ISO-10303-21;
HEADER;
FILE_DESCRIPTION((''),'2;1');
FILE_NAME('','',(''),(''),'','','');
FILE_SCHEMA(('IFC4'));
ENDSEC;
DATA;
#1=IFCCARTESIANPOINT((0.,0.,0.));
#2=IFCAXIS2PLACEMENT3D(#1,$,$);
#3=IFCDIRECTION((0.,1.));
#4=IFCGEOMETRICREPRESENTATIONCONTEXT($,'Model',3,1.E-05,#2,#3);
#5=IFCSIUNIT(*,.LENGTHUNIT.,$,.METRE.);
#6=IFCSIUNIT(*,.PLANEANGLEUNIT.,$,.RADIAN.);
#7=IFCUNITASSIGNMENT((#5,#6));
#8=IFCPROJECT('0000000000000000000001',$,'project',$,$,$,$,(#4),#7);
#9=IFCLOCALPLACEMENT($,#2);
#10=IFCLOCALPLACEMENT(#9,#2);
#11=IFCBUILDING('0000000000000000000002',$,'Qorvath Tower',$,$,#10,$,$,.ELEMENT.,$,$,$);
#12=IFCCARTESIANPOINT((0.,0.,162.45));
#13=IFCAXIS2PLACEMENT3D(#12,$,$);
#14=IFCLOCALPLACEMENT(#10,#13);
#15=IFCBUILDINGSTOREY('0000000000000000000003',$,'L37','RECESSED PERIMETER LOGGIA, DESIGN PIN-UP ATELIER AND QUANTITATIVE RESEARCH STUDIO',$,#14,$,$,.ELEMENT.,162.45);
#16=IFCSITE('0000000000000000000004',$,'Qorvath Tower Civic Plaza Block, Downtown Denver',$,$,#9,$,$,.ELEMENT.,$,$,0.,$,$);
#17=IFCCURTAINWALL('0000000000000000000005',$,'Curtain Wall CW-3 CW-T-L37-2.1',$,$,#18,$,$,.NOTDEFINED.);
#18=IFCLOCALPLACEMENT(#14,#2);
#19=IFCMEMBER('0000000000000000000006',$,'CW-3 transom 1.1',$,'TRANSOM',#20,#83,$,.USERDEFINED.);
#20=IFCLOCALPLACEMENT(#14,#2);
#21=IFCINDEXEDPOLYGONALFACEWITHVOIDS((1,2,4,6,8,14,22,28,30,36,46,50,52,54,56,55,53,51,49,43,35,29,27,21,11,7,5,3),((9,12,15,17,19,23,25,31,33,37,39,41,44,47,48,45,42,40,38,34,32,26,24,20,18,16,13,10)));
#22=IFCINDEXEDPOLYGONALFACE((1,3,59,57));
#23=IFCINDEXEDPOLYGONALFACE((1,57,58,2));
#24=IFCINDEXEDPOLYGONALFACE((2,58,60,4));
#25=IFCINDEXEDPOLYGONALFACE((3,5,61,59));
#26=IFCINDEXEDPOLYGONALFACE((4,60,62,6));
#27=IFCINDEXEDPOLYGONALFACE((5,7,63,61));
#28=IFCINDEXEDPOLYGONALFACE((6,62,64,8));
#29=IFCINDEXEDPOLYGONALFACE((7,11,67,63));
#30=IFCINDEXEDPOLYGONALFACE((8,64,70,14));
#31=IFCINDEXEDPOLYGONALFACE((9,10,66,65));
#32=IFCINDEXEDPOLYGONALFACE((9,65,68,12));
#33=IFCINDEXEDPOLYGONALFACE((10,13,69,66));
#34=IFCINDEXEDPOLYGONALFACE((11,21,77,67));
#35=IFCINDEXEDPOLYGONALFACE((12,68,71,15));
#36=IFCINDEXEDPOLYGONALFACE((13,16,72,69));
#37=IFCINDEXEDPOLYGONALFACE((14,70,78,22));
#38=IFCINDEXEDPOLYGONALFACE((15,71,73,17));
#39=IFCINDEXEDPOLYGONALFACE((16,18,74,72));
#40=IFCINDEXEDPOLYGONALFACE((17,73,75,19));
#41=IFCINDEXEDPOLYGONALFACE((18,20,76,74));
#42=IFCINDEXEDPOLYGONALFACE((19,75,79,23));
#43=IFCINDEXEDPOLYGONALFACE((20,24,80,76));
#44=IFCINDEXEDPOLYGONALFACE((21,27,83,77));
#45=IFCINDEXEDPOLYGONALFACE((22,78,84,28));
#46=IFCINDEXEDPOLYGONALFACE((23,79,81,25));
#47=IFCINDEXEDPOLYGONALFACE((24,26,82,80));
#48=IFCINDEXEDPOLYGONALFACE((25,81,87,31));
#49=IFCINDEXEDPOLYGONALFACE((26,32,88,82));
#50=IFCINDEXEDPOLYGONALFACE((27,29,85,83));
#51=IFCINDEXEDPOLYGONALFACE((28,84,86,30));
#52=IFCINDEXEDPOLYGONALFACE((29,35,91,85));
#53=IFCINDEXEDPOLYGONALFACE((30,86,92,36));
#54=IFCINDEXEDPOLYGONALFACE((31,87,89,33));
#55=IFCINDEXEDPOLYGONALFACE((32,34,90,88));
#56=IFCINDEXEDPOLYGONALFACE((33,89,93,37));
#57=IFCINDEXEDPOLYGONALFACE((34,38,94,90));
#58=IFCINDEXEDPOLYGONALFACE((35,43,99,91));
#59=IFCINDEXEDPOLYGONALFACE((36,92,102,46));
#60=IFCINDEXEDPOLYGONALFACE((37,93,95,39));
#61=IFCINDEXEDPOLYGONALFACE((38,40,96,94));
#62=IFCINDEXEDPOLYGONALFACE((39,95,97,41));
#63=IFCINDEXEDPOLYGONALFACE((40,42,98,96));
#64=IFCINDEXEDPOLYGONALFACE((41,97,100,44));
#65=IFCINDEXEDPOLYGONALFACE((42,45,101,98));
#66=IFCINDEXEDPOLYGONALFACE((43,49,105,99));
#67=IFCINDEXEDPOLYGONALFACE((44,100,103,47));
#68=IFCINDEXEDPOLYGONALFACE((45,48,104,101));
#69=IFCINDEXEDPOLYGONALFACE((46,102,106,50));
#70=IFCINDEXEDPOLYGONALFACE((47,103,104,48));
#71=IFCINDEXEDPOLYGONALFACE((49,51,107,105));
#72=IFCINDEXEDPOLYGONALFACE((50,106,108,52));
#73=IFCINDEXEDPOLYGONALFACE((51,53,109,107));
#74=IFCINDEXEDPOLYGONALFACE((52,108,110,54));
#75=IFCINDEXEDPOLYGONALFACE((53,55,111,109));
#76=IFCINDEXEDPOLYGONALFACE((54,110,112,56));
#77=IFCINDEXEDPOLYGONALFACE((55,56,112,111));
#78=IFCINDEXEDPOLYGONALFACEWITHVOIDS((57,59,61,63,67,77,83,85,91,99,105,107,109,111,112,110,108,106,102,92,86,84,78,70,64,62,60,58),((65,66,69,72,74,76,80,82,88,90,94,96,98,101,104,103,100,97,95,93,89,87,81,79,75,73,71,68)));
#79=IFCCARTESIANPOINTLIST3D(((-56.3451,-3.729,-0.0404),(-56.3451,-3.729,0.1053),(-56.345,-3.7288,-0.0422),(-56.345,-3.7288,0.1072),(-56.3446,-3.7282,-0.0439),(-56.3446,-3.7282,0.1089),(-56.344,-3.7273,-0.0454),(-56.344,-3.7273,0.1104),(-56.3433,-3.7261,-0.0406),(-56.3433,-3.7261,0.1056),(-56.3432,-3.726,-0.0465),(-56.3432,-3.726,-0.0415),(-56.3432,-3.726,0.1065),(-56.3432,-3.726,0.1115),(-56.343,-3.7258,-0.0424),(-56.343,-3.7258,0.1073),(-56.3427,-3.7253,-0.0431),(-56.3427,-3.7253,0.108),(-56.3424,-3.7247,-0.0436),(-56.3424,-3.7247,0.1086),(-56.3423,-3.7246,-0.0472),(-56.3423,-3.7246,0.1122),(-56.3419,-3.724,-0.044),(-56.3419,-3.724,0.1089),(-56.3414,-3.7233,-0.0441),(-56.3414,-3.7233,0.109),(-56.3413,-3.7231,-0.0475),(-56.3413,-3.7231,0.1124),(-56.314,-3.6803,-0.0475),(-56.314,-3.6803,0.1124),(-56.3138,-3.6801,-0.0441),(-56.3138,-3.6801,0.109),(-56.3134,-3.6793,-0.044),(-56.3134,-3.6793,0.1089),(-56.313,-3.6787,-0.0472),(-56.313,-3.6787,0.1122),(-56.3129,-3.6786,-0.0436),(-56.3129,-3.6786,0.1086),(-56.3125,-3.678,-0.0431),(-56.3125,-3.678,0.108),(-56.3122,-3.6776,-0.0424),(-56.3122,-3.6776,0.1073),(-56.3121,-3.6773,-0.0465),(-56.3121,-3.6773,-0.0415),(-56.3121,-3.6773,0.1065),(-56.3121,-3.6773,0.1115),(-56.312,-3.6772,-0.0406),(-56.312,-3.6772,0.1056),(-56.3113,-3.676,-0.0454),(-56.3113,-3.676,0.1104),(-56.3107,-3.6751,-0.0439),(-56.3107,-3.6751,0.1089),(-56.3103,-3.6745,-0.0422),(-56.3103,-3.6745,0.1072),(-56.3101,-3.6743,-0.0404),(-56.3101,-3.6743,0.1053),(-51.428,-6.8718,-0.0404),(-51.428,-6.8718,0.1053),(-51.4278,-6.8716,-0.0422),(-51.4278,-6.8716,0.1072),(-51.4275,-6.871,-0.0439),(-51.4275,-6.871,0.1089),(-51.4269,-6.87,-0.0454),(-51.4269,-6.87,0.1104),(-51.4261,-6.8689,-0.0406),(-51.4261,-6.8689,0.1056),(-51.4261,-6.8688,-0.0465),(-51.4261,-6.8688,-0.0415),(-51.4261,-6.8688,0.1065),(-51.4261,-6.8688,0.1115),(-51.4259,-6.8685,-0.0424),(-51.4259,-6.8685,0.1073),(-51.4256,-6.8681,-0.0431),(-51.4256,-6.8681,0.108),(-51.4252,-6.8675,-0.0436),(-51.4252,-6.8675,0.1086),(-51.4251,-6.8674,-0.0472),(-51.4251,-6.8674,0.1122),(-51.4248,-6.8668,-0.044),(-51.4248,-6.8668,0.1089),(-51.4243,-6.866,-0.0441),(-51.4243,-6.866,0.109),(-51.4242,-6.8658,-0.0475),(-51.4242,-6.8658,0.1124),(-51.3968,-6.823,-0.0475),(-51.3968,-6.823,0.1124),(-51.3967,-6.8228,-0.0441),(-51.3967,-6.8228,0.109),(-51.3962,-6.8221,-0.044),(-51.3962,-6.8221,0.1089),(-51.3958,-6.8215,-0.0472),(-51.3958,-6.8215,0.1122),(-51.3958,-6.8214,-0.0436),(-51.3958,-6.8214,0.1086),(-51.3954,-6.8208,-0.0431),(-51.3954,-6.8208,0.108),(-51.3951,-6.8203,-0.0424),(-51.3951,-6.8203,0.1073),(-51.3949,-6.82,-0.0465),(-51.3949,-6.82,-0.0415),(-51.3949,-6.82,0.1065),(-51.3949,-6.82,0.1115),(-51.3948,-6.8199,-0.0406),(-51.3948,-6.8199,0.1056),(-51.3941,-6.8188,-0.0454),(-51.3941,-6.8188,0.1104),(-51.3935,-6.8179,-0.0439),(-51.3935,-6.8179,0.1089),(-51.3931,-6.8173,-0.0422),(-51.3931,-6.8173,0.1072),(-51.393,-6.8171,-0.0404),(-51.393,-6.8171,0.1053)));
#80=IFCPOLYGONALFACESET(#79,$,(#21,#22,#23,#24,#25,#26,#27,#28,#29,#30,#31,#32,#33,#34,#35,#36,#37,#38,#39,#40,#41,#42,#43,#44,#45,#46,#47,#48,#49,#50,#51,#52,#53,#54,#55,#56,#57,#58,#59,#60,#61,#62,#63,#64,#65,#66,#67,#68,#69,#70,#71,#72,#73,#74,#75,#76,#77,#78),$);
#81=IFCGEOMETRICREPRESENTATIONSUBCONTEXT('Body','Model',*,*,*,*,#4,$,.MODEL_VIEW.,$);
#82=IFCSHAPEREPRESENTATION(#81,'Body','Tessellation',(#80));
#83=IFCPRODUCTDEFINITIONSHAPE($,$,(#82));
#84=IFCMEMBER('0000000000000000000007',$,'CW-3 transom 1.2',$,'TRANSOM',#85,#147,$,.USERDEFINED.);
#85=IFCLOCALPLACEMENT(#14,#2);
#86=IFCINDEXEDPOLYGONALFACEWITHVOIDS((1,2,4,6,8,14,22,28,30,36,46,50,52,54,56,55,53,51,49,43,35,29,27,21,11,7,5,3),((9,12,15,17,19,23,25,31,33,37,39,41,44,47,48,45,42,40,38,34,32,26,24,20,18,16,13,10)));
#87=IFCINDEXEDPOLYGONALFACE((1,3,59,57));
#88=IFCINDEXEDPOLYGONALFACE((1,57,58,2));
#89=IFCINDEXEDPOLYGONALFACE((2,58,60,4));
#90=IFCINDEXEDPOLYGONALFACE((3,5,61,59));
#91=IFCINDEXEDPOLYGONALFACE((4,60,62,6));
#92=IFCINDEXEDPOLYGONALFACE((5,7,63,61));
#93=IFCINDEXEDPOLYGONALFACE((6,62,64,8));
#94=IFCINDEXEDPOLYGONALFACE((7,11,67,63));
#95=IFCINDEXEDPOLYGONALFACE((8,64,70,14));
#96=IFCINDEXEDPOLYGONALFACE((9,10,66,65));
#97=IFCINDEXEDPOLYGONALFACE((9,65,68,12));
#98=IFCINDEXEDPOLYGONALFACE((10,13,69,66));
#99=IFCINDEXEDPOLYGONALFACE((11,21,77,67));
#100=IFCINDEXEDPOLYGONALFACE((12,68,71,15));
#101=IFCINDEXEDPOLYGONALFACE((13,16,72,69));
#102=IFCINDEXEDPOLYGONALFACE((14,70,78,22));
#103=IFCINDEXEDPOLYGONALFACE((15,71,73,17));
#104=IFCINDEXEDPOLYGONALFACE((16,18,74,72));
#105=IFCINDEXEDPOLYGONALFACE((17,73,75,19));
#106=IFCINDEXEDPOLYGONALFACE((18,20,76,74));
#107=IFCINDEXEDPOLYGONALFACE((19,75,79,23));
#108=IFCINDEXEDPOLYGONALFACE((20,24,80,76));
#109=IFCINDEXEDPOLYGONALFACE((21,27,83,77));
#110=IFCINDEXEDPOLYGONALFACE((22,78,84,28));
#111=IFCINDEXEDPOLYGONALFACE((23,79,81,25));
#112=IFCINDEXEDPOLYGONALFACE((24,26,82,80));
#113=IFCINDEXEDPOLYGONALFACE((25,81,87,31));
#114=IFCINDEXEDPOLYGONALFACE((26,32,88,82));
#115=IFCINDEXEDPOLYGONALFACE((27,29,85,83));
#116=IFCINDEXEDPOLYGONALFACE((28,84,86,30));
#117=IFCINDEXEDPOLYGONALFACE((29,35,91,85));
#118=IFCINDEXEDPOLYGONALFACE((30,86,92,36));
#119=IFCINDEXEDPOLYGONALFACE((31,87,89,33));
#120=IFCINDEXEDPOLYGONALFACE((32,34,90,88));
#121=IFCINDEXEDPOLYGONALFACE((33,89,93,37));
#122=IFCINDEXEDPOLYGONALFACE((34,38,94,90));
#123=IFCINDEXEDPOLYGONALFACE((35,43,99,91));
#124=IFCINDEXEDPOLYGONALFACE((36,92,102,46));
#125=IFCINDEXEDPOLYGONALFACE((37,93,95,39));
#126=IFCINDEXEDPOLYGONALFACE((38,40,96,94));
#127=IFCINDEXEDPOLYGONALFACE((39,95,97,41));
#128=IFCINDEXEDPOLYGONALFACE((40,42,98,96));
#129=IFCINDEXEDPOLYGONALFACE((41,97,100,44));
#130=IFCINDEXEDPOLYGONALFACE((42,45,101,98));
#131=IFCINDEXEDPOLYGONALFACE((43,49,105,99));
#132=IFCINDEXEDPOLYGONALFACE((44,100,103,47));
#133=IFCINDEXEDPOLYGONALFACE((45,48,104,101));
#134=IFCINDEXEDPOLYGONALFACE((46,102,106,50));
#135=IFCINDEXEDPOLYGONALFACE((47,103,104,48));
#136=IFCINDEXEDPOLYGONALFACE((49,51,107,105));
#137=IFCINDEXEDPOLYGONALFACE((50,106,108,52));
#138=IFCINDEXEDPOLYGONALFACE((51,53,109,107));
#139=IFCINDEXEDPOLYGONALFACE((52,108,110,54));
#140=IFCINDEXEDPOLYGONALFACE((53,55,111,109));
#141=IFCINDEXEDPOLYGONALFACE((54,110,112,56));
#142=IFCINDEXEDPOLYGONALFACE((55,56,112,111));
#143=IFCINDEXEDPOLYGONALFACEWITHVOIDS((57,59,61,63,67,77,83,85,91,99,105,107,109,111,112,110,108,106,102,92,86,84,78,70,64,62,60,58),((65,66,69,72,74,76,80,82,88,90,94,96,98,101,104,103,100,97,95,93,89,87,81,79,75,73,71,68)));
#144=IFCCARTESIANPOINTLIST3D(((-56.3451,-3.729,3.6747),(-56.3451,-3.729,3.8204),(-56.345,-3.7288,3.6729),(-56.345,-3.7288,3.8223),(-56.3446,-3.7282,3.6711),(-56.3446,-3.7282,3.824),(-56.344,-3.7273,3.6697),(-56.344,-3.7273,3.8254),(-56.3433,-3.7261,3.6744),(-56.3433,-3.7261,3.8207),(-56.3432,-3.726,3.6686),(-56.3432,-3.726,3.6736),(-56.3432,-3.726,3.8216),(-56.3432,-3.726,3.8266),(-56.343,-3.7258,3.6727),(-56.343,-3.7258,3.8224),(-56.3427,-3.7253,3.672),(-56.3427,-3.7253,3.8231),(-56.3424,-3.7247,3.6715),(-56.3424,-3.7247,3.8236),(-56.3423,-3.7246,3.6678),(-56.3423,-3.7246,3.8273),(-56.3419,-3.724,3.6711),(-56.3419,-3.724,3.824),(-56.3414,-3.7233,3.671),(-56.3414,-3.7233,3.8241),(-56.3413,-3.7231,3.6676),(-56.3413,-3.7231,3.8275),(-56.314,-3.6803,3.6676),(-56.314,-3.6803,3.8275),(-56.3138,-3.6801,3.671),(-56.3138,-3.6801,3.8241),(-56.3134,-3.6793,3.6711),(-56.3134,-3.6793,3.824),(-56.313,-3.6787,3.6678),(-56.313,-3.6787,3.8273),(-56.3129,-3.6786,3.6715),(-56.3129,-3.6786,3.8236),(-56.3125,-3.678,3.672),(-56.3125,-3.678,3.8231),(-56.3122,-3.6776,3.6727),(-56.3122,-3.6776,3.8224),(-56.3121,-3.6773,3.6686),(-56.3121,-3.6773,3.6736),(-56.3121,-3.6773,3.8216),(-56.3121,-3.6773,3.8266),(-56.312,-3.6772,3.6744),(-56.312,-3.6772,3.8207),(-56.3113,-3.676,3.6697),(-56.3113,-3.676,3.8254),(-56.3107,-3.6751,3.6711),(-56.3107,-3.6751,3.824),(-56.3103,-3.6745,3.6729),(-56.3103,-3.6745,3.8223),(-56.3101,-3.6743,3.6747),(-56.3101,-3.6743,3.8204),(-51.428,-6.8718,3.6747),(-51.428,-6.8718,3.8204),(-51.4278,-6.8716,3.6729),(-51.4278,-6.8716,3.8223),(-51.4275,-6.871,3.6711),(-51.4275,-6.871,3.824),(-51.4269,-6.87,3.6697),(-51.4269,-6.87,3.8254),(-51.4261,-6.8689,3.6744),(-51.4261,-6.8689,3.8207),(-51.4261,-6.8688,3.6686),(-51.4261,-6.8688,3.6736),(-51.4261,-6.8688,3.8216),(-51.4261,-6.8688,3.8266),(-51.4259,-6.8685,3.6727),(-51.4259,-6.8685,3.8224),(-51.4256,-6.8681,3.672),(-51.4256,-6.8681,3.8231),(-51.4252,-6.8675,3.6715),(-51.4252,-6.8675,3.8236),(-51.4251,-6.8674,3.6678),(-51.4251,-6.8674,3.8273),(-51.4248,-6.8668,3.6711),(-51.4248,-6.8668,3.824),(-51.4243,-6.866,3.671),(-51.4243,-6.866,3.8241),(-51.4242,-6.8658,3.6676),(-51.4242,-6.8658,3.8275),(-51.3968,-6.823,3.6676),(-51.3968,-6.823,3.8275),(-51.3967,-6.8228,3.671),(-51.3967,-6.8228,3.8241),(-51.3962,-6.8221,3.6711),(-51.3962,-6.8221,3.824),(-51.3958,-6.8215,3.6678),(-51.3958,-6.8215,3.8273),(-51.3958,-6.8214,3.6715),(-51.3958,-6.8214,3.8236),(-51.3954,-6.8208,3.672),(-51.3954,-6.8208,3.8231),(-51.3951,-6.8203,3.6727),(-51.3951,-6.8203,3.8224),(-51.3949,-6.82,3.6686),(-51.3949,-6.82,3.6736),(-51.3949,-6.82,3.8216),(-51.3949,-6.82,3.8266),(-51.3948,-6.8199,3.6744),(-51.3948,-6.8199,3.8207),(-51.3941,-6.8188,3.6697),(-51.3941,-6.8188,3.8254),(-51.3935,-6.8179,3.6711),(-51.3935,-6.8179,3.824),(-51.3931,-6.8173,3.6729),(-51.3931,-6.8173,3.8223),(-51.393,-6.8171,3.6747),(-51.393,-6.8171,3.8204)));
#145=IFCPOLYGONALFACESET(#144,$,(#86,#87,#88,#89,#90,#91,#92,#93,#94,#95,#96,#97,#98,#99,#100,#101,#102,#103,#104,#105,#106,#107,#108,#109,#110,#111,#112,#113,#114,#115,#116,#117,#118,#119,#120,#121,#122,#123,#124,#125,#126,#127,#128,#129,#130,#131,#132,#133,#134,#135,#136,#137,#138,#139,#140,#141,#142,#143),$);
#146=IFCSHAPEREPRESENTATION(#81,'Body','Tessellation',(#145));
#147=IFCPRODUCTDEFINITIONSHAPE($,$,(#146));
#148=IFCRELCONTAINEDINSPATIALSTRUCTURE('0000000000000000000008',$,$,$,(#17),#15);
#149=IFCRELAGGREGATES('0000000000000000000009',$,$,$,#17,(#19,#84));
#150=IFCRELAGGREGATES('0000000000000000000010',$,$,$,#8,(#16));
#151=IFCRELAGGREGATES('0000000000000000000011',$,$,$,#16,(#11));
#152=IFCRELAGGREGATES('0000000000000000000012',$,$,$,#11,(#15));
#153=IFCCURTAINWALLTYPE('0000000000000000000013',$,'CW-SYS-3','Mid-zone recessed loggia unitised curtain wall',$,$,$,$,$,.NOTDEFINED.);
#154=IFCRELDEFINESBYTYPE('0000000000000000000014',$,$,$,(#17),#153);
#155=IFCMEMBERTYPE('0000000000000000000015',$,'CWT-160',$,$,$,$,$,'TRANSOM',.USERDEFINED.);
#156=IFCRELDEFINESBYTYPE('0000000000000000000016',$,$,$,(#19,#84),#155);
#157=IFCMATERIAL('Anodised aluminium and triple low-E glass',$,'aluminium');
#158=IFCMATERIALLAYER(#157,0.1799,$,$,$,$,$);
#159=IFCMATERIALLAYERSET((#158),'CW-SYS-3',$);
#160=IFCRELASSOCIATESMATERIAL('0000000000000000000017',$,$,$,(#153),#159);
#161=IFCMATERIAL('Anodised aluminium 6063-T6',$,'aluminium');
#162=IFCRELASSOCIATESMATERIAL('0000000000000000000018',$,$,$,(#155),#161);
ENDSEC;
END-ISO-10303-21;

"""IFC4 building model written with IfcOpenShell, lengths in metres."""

from ifc_helpers import new_model, si_unit, direction, frame, origin, origin_2d, place, context, subcontext, project, spatial, hollow_rectangle, extrude, material, layer, layer_set, material_profile, profile_set, type_object, element, aggregate, save


model = new_model("IFC4")

# Units and contexts
model_context = context("Model", 3, precision=1e-05, world=origin(), true_north=direction((0.0, 1.0)))
body_context = subcontext(model_context, "Body", "Model", "MODEL_VIEW")
ifc_project = project(units=[si_unit("LENGTHUNIT", "METRE"), si_unit("PLANEANGLEUNIT", "RADIAN")], contexts=[model_context])

# Site, building, storey
site_placement = place(None, origin())
site = spatial("IfcSite", under=ifc_project, at=site_placement, Name="Qorvath Tower Civic Plaza Block, Downtown Denver", CompositionType="ELEMENT", RefElevation=0.0)
building_placement = place(site_placement, origin())
building = spatial("IfcBuilding", under=site, at=building_placement, Name="Qorvath Tower", CompositionType="ELEMENT")
storey_placement = place(building_placement, frame((0.0, 0.0, 162.45)))
storey = spatial("IfcBuildingStorey", under=building, at=storey_placement, Name="L37", Description="RECESSED PERIMETER LOGGIA, DESIGN PIN-UP ATELIER AND QUANTITATIVE RESEARCH STUDIO", CompositionType="ELEMENT", Elevation=162.45)

# Curtain wall, members
ifc_material_1 = material(Name="Anodised aluminium and triple low-E glass", Category="aluminium")
ifc_layer_1 = layer(ifc_material_1, 0.1799)
ifc_layer_set_1 = layer_set([ifc_layer_1], Name="CW-SYS-3")
curtain_wall_type = type_object("IfcCurtainWallType", Name="CW-SYS-3", Description="Mid-zone recessed loggia unitised curtain wall", PredefinedType="NOTDEFINED", material=ifc_layer_set_1)
curtain_wall_placement = place(storey_placement, origin())
curtain_wall = element("IfcCurtainWall", 1, at=curtain_wall_placement, inside=storey, type_object=curtain_wall_type, Name="Curtain Wall CW-3 CW-T-L37-2.1", PredefinedType="NOTDEFINED")
ifc_material_2 = material(Name="Anodised aluminium 6063-T6", Category="aluminium")
ifc_material_profile_1 = material_profile(ifc_material_2, hollow_rectangle(XDim=0.0649, YDim=0.1599, WallThickness=0.0034, InnerFilletRadius=0.0034, OuterFilletRadius=0.0071, at=origin_2d()), Name="CWT 160x65")
ifc_profile_set_1 = profile_set([ifc_material_profile_1], Name="Anodised aluminium 6063-T6")
member_type_1 = type_object("IfcMemberType", Name="CWT-160", ElementType="TRANSOM", PredefinedType="USERDEFINED", material=ifc_profile_set_1)
member_1_placement = place(storey_placement, frame((-56.3276, -3.7017, 0.0325), z_axis=(0.842599, -0.538542, 0.0), x_axis=(0.538542, 0.842599, 0.0)))
member_1 = element("IfcMember", 2, at=member_1_placement, type_object=member_type_1, Name="CW-3 transom 1.1", ObjectType="TRANSOM", PredefinedType="USERDEFINED", context=body_context, shape_type="SweptSolid", body=[
    extrude(hollow_rectangle(XDim=0.0649, YDim=0.1599, WallThickness=0.0034, InnerFilletRadius=0.0034, OuterFilletRadius=0.0071, at=origin_2d()), origin(), (0.0, 0.0, 1.0), 5.8357),
])
member_2_placement = place(storey_placement, frame((-56.3276, -3.7017, 3.7476), z_axis=(0.842599, -0.538542, 0.0), x_axis=(0.538542, 0.842599, 0.0)))
member_2 = element("IfcMember", 3, at=member_2_placement, type_object=member_type_1, Name="CW-3 transom 1.2", ObjectType="TRANSOM", PredefinedType="USERDEFINED", context=body_context, shape_type="SweptSolid", body=[
    extrude(hollow_rectangle(XDim=0.0649, YDim=0.1599, WallThickness=0.0034, InnerFilletRadius=0.0034, OuterFilletRadius=0.0071, at=origin_2d()), origin(), (0.0, 0.0, 1.0), 5.8357),
])
aggregate(curtain_wall, [member_1, member_2])

save(model, "model.ifc")
